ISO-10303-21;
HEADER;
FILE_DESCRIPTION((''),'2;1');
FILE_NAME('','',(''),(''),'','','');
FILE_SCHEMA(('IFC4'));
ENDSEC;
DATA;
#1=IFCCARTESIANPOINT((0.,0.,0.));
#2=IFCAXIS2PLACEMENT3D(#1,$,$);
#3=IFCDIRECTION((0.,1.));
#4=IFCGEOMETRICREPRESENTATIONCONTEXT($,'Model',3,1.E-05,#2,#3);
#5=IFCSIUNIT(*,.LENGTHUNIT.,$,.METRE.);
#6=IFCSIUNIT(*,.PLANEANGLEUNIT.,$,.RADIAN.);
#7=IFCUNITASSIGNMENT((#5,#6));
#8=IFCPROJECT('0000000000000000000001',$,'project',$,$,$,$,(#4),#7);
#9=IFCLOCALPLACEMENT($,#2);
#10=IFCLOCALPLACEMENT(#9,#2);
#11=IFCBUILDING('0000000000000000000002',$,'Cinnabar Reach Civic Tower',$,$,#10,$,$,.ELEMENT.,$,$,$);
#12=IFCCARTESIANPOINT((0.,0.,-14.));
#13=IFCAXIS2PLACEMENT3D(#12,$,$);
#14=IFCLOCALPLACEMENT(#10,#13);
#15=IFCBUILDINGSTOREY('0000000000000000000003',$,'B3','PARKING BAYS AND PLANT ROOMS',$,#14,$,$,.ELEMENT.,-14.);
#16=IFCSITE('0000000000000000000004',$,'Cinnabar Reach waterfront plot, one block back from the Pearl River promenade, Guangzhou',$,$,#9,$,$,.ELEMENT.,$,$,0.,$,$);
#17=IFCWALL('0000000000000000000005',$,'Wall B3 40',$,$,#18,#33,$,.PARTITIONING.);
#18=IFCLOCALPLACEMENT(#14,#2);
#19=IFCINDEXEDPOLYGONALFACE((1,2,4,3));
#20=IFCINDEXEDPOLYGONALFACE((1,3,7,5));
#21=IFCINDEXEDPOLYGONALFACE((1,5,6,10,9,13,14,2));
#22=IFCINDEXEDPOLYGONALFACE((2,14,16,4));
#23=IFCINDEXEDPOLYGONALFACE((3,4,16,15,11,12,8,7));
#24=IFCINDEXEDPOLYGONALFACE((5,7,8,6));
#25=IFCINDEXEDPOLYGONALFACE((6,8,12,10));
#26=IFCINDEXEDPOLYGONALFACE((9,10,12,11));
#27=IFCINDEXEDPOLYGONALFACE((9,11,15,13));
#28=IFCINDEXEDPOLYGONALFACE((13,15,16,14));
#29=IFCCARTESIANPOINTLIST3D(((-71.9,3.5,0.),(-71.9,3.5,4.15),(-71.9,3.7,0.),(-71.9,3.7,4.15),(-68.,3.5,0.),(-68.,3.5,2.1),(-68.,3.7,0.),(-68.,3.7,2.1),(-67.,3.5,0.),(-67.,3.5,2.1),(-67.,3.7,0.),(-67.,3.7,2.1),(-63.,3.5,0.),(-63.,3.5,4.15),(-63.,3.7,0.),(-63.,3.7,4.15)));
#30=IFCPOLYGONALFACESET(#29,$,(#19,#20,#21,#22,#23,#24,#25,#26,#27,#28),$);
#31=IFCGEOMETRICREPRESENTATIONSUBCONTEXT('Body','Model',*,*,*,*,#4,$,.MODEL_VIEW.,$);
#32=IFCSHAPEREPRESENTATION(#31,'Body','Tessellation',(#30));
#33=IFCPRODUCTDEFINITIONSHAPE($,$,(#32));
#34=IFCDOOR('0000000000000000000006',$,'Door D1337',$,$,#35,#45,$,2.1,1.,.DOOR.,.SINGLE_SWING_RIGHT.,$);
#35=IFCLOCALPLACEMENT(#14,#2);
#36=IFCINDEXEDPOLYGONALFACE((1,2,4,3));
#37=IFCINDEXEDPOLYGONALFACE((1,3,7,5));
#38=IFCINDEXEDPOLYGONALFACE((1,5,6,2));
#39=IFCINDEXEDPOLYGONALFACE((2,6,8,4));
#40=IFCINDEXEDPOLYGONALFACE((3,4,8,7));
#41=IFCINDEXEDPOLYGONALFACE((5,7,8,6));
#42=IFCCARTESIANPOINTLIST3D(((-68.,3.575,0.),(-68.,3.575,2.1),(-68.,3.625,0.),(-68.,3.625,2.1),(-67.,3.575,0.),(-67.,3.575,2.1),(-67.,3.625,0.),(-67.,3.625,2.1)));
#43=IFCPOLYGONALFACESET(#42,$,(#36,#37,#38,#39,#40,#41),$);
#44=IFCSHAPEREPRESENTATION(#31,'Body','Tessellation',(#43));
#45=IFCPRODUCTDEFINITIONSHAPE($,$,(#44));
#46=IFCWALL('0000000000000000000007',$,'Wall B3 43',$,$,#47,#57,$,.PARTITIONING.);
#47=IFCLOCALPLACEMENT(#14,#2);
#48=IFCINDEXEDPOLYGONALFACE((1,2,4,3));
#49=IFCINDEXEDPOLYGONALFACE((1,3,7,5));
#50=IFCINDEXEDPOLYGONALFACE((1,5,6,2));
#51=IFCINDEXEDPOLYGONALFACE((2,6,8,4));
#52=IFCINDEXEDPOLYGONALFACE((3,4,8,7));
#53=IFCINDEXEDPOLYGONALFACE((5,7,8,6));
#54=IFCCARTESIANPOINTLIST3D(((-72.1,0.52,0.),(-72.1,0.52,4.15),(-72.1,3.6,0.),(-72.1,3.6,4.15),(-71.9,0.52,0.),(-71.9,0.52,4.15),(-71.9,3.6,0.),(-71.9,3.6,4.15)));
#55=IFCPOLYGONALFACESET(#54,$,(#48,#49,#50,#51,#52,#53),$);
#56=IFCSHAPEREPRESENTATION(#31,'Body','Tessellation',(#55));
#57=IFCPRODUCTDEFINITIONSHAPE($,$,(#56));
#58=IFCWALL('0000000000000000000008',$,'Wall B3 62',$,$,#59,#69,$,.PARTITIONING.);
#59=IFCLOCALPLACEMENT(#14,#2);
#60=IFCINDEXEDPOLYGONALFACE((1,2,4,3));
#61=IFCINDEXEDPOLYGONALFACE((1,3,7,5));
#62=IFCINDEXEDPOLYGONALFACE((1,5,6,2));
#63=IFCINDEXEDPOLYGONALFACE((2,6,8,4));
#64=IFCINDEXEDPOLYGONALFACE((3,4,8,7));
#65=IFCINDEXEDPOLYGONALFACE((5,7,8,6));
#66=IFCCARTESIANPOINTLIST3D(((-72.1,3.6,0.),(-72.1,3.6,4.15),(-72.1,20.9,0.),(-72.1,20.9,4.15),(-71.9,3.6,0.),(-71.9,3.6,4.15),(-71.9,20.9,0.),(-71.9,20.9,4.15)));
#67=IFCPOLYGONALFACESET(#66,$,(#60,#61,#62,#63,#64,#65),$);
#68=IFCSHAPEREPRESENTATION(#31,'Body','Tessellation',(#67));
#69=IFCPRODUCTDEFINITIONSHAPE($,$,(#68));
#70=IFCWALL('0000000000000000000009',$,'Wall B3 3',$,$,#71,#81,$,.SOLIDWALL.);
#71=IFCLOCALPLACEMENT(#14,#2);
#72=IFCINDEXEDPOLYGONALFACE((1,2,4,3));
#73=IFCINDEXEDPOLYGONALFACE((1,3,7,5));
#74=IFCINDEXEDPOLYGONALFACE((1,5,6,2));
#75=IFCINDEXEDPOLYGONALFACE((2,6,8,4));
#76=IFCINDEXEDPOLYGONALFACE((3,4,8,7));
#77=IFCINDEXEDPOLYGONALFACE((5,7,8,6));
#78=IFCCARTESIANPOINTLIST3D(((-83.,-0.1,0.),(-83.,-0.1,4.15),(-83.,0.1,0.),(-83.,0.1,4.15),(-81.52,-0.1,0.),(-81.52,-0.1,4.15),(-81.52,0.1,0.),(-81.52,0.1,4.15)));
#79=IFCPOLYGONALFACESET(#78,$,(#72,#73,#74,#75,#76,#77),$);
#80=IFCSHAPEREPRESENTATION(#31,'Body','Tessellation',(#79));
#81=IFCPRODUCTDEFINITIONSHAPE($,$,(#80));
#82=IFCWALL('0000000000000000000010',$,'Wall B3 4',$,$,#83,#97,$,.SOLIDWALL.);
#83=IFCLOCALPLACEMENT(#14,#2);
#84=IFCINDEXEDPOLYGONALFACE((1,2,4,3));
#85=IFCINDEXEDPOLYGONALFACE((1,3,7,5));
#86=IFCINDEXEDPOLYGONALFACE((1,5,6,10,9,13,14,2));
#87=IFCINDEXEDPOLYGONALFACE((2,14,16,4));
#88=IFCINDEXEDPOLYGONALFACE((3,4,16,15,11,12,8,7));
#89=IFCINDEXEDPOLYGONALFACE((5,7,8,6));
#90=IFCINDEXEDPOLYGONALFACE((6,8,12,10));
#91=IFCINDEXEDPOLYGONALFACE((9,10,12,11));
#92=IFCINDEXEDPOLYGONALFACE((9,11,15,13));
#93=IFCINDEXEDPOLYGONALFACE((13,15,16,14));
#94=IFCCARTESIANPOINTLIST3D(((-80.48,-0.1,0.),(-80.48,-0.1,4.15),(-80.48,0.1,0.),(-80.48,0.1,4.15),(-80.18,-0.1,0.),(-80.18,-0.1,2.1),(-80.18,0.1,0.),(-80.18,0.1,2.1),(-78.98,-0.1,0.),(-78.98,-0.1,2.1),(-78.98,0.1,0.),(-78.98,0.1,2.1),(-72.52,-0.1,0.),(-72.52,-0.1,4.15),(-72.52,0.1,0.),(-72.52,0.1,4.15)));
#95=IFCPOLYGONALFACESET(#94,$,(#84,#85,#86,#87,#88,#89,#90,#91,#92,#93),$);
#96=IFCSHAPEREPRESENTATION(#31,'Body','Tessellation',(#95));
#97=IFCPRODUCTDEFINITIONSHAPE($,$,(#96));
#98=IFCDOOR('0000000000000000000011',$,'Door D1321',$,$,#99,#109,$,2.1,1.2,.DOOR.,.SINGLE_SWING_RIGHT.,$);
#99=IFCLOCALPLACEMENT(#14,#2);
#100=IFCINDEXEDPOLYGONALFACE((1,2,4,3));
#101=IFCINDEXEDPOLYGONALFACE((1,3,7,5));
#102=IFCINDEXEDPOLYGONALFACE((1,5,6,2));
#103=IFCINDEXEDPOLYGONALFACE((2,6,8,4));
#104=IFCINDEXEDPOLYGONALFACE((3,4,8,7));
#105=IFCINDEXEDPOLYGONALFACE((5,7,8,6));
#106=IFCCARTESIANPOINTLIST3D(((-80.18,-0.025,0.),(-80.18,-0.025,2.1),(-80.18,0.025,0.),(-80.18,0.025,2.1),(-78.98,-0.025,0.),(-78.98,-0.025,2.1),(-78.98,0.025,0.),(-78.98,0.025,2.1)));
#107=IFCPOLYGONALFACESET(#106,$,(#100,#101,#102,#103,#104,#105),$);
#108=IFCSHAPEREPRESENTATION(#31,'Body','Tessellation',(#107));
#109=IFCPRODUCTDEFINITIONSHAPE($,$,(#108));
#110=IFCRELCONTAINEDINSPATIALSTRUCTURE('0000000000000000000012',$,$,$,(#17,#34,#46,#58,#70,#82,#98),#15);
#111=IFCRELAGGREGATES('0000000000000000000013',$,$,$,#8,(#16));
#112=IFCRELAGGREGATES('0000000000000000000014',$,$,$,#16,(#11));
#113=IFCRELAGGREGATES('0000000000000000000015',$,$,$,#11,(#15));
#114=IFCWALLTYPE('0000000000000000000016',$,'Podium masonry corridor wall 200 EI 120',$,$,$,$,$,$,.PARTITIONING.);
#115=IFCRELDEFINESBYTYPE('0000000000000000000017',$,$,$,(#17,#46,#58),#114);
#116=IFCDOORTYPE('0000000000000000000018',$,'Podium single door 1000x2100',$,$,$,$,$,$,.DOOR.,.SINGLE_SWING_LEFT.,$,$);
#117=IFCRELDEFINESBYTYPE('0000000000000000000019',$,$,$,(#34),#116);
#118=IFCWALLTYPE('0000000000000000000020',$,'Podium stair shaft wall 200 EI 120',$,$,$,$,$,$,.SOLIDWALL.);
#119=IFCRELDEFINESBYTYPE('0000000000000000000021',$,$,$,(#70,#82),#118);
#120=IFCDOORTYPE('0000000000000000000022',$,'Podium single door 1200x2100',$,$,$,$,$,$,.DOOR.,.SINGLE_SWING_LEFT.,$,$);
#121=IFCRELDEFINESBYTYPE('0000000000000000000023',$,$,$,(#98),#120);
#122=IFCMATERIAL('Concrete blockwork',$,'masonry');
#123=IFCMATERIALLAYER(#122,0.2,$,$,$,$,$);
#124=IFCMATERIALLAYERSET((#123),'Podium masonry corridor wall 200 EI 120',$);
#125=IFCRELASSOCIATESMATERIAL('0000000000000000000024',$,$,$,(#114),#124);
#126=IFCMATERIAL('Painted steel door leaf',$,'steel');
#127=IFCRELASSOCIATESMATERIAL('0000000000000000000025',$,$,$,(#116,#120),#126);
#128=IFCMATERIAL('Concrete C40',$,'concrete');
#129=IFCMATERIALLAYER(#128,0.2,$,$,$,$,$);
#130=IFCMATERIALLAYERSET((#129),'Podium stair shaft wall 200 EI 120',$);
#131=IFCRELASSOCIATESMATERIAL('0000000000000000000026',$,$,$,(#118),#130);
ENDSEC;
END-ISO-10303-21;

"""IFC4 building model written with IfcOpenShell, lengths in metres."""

from ifc_helpers import new_model, si_unit, direction, frame, frame_2d, origin, place, context, subcontext, project, spatial, rectangle, extrude, material, layer, layer_set, type_object, element, fill, save


model = new_model("IFC4")

# Units and contexts
model_context = context("Model", 3, precision=1e-05, world=origin(), true_north=direction((0.0, 1.0)))
body_context = subcontext(model_context, "Body", "Model", "MODEL_VIEW")
ifc_project = project(units=[si_unit("LENGTHUNIT", "METRE"), si_unit("PLANEANGLEUNIT", "RADIAN")], contexts=[model_context])

# Site, building, storey
site_placement = place(None, origin())
site = spatial("IfcSite", under=ifc_project, at=site_placement, Name="Cinnabar Reach waterfront plot, one block back from the Pearl River promenade, Guangzhou", CompositionType="ELEMENT", RefElevation=0.0)
building_placement = place(site_placement, origin())
building = spatial("IfcBuilding", under=site, at=building_placement, Name="Cinnabar Reach Civic Tower", CompositionType="ELEMENT")
storey_placement = place(building_placement, frame((0.0, 0.0, -14.0)))
storey = spatial("IfcBuildingStorey", under=building, at=storey_placement, Name="B3", Description="PARKING BAYS AND PLANT ROOMS", CompositionType="ELEMENT", Elevation=-14.0)

# Shared definitions
ifc_material_1 = material(Name="Concrete C40", Category="concrete")

# Wall, opening, door
ifc_material_2 = material(Name="Concrete blockwork", Category="masonry")
ifc_layer_1 = layer(ifc_material_2, 0.2)
ifc_layer_set_1 = layer_set([ifc_layer_1], Name="Podium masonry corridor wall 200 EI 120")
wall_type_1 = type_object("IfcWallType", Name="Podium masonry corridor wall 200 EI 120", PredefinedType="PARTITIONING", material=ifc_layer_set_1)
ifc_material_3 = material(Name="Painted steel door leaf", Category="steel")
door_type_1 = type_object("IfcDoorType", Name="Podium single door 1000x2100", OperationType="SINGLE_SWING_LEFT", PredefinedType="DOOR", material=ifc_material_3)
wall_1_placement = place(storey_placement, frame((-71.9, 3.6, 0.0), z_axis=(0.0, 0.0, 1.0), x_axis=(1.0, 0.0, 0.0)))
wall_1 = element("IfcWall", 1, at=wall_1_placement, inside=storey, type_object=wall_type_1, Name="Wall B3 40", PredefinedType="PARTITIONING", context=body_context, shape_type="SweptSolid", body=[
    extrude(rectangle(XDim=8.9, YDim=0.2, at=frame_2d((4.45, 0.0))), origin(), (0.0, 0.0, 1.0), 4.15),
])
opening_1_placement = place(wall_1_placement, frame((3.9, 0.0, 0.0)))
opening_1 = element("IfcOpeningElement", 2, at=opening_1_placement, cuts=wall_1, PredefinedType="OPENING", context=body_context, shape_type="SweptSolid", body=[
    extrude(rectangle(XDim=1.0, YDim=2.1, at=frame_2d((0.5, 1.05))), frame((0.0, 0.11, 0.0), z_axis=(0.0, -1.0, 0.0), x_axis=(1.0, 0.0, 0.0)), (0.0, 0.0, 1.0), 0.22),
])
door_1_placement = place(opening_1_placement, origin())
door_1 = element("IfcDoor", 3, at=door_1_placement, inside=storey, type_object=door_type_1, Name="Door D1337", OperationType="SINGLE_SWING_RIGHT", OverallHeight=2.1, OverallWidth=1.0, PredefinedType="DOOR", context=body_context, shape_type="SweptSolid", body=[
    extrude(rectangle(XDim=1.0, YDim=2.1, at=frame_2d((0.5, 1.05))), frame((0.0, 0.025, 0.0), z_axis=(0.0, -1.0, 0.0), x_axis=(1.0, 0.0, 0.0)), (0.0, 0.0, 1.0), 0.05),
])
fill(opening_1, door_1)

# Walls
wall_2_placement = place(storey_placement, frame((-72.0, 0.52, 0.0), z_axis=(0.0, 0.0, 1.0), x_axis=(0.0, 1.0, 0.0)))
element("IfcWall", 4, at=wall_2_placement, inside=storey, type_object=wall_type_1, Name="Wall B3 43", PredefinedType="PARTITIONING", context=body_context, shape_type="SweptSolid", body=[
    extrude(rectangle(XDim=3.08, YDim=0.2, at=frame_2d((1.54, 0.0))), origin(), (0.0, 0.0, 1.0), 4.15),
])
wall_3_placement = place(storey_placement, frame((-72.0, 3.6, 0.0), z_axis=(0.0, 0.0, 1.0), x_axis=(0.0, 1.0, 0.0)))
element("IfcWall", 5, at=wall_3_placement, inside=storey, type_object=wall_type_1, Name="Wall B3 62", PredefinedType="PARTITIONING", context=body_context, shape_type="SweptSolid", body=[
    extrude(rectangle(XDim=17.3, YDim=0.2, at=frame_2d((8.65, 0.0))), origin(), (0.0, 0.0, 1.0), 4.15),
])
ifc_layer_2 = layer(ifc_material_1, 0.2)
ifc_layer_set_2 = layer_set([ifc_layer_2], Name="Podium stair shaft wall 200 EI 120")
wall_type_2 = type_object("IfcWallType", Name="Podium stair shaft wall 200 EI 120", PredefinedType="SOLIDWALL", material=ifc_layer_set_2)
wall_4_placement = place(storey_placement, frame((-83.0, 0.0, 0.0), z_axis=(0.0, 0.0, 1.0), x_axis=(1.0, 0.0, 0.0)))
element("IfcWall", 6, at=wall_4_placement, inside=storey, type_object=wall_type_2, Name="Wall B3 3", PredefinedType="SOLIDWALL", context=body_context, shape_type="SweptSolid", body=[
    extrude(rectangle(XDim=1.48, YDim=0.2, at=frame_2d((0.74, 0.0))), origin(), (0.0, 0.0, 1.0), 4.15),
])

# Wall, opening, door
wall_5_placement = place(storey_placement, frame((-80.48, 0.0, 0.0), z_axis=(0.0, 0.0, 1.0), x_axis=(1.0, 0.0, 0.0)))
wall_5 = element("IfcWall", 7, at=wall_5_placement, inside=storey, type_object=wall_type_2, Name="Wall B3 4", PredefinedType="SOLIDWALL", context=body_context, shape_type="SweptSolid", body=[
    extrude(rectangle(XDim=7.96, YDim=0.2, at=frame_2d((3.98, 0.0))), origin(), (0.0, 0.0, 1.0), 4.15),
])
opening_2_placement = place(wall_5_placement, frame((0.3, 0.0, 0.0)))
opening_2 = element("IfcOpeningElement", 8, at=opening_2_placement, cuts=wall_5, PredefinedType="OPENING", context=body_context, shape_type="SweptSolid", body=[
    extrude(rectangle(XDim=1.2, YDim=2.1, at=frame_2d((0.6, 1.05))), frame((0.0, 0.11, 0.0), z_axis=(0.0, -1.0, 0.0), x_axis=(1.0, 0.0, 0.0)), (0.0, 0.0, 1.0), 0.22),
])
door_type_2 = type_object("IfcDoorType", Name="Podium single door 1200x2100", OperationType="SINGLE_SWING_LEFT", PredefinedType="DOOR", material=ifc_material_3)
door_2_placement = place(opening_2_placement, frame((1.2, 0.0, 0.0), z_axis=(0.0, 0.0, 1.0), x_axis=(-1.0, 0.0, 0.0)))
door_2 = element("IfcDoor", 9, at=door_2_placement, inside=storey, type_object=door_type_2, Name="Door D1321", OperationType="SINGLE_SWING_RIGHT", OverallHeight=2.1, OverallWidth=1.2, PredefinedType="DOOR", context=body_context, shape_type="SweptSolid", body=[
    extrude(rectangle(XDim=1.2, YDim=2.1, at=frame_2d((0.6, 1.05))), frame((0.0, 0.025, 0.0), z_axis=(0.0, -1.0, 0.0), x_axis=(1.0, 0.0, 0.0)), (0.0, 0.0, 1.0), 0.05),
])
fill(opening_2, door_2)

save(model, "model.ifc")
